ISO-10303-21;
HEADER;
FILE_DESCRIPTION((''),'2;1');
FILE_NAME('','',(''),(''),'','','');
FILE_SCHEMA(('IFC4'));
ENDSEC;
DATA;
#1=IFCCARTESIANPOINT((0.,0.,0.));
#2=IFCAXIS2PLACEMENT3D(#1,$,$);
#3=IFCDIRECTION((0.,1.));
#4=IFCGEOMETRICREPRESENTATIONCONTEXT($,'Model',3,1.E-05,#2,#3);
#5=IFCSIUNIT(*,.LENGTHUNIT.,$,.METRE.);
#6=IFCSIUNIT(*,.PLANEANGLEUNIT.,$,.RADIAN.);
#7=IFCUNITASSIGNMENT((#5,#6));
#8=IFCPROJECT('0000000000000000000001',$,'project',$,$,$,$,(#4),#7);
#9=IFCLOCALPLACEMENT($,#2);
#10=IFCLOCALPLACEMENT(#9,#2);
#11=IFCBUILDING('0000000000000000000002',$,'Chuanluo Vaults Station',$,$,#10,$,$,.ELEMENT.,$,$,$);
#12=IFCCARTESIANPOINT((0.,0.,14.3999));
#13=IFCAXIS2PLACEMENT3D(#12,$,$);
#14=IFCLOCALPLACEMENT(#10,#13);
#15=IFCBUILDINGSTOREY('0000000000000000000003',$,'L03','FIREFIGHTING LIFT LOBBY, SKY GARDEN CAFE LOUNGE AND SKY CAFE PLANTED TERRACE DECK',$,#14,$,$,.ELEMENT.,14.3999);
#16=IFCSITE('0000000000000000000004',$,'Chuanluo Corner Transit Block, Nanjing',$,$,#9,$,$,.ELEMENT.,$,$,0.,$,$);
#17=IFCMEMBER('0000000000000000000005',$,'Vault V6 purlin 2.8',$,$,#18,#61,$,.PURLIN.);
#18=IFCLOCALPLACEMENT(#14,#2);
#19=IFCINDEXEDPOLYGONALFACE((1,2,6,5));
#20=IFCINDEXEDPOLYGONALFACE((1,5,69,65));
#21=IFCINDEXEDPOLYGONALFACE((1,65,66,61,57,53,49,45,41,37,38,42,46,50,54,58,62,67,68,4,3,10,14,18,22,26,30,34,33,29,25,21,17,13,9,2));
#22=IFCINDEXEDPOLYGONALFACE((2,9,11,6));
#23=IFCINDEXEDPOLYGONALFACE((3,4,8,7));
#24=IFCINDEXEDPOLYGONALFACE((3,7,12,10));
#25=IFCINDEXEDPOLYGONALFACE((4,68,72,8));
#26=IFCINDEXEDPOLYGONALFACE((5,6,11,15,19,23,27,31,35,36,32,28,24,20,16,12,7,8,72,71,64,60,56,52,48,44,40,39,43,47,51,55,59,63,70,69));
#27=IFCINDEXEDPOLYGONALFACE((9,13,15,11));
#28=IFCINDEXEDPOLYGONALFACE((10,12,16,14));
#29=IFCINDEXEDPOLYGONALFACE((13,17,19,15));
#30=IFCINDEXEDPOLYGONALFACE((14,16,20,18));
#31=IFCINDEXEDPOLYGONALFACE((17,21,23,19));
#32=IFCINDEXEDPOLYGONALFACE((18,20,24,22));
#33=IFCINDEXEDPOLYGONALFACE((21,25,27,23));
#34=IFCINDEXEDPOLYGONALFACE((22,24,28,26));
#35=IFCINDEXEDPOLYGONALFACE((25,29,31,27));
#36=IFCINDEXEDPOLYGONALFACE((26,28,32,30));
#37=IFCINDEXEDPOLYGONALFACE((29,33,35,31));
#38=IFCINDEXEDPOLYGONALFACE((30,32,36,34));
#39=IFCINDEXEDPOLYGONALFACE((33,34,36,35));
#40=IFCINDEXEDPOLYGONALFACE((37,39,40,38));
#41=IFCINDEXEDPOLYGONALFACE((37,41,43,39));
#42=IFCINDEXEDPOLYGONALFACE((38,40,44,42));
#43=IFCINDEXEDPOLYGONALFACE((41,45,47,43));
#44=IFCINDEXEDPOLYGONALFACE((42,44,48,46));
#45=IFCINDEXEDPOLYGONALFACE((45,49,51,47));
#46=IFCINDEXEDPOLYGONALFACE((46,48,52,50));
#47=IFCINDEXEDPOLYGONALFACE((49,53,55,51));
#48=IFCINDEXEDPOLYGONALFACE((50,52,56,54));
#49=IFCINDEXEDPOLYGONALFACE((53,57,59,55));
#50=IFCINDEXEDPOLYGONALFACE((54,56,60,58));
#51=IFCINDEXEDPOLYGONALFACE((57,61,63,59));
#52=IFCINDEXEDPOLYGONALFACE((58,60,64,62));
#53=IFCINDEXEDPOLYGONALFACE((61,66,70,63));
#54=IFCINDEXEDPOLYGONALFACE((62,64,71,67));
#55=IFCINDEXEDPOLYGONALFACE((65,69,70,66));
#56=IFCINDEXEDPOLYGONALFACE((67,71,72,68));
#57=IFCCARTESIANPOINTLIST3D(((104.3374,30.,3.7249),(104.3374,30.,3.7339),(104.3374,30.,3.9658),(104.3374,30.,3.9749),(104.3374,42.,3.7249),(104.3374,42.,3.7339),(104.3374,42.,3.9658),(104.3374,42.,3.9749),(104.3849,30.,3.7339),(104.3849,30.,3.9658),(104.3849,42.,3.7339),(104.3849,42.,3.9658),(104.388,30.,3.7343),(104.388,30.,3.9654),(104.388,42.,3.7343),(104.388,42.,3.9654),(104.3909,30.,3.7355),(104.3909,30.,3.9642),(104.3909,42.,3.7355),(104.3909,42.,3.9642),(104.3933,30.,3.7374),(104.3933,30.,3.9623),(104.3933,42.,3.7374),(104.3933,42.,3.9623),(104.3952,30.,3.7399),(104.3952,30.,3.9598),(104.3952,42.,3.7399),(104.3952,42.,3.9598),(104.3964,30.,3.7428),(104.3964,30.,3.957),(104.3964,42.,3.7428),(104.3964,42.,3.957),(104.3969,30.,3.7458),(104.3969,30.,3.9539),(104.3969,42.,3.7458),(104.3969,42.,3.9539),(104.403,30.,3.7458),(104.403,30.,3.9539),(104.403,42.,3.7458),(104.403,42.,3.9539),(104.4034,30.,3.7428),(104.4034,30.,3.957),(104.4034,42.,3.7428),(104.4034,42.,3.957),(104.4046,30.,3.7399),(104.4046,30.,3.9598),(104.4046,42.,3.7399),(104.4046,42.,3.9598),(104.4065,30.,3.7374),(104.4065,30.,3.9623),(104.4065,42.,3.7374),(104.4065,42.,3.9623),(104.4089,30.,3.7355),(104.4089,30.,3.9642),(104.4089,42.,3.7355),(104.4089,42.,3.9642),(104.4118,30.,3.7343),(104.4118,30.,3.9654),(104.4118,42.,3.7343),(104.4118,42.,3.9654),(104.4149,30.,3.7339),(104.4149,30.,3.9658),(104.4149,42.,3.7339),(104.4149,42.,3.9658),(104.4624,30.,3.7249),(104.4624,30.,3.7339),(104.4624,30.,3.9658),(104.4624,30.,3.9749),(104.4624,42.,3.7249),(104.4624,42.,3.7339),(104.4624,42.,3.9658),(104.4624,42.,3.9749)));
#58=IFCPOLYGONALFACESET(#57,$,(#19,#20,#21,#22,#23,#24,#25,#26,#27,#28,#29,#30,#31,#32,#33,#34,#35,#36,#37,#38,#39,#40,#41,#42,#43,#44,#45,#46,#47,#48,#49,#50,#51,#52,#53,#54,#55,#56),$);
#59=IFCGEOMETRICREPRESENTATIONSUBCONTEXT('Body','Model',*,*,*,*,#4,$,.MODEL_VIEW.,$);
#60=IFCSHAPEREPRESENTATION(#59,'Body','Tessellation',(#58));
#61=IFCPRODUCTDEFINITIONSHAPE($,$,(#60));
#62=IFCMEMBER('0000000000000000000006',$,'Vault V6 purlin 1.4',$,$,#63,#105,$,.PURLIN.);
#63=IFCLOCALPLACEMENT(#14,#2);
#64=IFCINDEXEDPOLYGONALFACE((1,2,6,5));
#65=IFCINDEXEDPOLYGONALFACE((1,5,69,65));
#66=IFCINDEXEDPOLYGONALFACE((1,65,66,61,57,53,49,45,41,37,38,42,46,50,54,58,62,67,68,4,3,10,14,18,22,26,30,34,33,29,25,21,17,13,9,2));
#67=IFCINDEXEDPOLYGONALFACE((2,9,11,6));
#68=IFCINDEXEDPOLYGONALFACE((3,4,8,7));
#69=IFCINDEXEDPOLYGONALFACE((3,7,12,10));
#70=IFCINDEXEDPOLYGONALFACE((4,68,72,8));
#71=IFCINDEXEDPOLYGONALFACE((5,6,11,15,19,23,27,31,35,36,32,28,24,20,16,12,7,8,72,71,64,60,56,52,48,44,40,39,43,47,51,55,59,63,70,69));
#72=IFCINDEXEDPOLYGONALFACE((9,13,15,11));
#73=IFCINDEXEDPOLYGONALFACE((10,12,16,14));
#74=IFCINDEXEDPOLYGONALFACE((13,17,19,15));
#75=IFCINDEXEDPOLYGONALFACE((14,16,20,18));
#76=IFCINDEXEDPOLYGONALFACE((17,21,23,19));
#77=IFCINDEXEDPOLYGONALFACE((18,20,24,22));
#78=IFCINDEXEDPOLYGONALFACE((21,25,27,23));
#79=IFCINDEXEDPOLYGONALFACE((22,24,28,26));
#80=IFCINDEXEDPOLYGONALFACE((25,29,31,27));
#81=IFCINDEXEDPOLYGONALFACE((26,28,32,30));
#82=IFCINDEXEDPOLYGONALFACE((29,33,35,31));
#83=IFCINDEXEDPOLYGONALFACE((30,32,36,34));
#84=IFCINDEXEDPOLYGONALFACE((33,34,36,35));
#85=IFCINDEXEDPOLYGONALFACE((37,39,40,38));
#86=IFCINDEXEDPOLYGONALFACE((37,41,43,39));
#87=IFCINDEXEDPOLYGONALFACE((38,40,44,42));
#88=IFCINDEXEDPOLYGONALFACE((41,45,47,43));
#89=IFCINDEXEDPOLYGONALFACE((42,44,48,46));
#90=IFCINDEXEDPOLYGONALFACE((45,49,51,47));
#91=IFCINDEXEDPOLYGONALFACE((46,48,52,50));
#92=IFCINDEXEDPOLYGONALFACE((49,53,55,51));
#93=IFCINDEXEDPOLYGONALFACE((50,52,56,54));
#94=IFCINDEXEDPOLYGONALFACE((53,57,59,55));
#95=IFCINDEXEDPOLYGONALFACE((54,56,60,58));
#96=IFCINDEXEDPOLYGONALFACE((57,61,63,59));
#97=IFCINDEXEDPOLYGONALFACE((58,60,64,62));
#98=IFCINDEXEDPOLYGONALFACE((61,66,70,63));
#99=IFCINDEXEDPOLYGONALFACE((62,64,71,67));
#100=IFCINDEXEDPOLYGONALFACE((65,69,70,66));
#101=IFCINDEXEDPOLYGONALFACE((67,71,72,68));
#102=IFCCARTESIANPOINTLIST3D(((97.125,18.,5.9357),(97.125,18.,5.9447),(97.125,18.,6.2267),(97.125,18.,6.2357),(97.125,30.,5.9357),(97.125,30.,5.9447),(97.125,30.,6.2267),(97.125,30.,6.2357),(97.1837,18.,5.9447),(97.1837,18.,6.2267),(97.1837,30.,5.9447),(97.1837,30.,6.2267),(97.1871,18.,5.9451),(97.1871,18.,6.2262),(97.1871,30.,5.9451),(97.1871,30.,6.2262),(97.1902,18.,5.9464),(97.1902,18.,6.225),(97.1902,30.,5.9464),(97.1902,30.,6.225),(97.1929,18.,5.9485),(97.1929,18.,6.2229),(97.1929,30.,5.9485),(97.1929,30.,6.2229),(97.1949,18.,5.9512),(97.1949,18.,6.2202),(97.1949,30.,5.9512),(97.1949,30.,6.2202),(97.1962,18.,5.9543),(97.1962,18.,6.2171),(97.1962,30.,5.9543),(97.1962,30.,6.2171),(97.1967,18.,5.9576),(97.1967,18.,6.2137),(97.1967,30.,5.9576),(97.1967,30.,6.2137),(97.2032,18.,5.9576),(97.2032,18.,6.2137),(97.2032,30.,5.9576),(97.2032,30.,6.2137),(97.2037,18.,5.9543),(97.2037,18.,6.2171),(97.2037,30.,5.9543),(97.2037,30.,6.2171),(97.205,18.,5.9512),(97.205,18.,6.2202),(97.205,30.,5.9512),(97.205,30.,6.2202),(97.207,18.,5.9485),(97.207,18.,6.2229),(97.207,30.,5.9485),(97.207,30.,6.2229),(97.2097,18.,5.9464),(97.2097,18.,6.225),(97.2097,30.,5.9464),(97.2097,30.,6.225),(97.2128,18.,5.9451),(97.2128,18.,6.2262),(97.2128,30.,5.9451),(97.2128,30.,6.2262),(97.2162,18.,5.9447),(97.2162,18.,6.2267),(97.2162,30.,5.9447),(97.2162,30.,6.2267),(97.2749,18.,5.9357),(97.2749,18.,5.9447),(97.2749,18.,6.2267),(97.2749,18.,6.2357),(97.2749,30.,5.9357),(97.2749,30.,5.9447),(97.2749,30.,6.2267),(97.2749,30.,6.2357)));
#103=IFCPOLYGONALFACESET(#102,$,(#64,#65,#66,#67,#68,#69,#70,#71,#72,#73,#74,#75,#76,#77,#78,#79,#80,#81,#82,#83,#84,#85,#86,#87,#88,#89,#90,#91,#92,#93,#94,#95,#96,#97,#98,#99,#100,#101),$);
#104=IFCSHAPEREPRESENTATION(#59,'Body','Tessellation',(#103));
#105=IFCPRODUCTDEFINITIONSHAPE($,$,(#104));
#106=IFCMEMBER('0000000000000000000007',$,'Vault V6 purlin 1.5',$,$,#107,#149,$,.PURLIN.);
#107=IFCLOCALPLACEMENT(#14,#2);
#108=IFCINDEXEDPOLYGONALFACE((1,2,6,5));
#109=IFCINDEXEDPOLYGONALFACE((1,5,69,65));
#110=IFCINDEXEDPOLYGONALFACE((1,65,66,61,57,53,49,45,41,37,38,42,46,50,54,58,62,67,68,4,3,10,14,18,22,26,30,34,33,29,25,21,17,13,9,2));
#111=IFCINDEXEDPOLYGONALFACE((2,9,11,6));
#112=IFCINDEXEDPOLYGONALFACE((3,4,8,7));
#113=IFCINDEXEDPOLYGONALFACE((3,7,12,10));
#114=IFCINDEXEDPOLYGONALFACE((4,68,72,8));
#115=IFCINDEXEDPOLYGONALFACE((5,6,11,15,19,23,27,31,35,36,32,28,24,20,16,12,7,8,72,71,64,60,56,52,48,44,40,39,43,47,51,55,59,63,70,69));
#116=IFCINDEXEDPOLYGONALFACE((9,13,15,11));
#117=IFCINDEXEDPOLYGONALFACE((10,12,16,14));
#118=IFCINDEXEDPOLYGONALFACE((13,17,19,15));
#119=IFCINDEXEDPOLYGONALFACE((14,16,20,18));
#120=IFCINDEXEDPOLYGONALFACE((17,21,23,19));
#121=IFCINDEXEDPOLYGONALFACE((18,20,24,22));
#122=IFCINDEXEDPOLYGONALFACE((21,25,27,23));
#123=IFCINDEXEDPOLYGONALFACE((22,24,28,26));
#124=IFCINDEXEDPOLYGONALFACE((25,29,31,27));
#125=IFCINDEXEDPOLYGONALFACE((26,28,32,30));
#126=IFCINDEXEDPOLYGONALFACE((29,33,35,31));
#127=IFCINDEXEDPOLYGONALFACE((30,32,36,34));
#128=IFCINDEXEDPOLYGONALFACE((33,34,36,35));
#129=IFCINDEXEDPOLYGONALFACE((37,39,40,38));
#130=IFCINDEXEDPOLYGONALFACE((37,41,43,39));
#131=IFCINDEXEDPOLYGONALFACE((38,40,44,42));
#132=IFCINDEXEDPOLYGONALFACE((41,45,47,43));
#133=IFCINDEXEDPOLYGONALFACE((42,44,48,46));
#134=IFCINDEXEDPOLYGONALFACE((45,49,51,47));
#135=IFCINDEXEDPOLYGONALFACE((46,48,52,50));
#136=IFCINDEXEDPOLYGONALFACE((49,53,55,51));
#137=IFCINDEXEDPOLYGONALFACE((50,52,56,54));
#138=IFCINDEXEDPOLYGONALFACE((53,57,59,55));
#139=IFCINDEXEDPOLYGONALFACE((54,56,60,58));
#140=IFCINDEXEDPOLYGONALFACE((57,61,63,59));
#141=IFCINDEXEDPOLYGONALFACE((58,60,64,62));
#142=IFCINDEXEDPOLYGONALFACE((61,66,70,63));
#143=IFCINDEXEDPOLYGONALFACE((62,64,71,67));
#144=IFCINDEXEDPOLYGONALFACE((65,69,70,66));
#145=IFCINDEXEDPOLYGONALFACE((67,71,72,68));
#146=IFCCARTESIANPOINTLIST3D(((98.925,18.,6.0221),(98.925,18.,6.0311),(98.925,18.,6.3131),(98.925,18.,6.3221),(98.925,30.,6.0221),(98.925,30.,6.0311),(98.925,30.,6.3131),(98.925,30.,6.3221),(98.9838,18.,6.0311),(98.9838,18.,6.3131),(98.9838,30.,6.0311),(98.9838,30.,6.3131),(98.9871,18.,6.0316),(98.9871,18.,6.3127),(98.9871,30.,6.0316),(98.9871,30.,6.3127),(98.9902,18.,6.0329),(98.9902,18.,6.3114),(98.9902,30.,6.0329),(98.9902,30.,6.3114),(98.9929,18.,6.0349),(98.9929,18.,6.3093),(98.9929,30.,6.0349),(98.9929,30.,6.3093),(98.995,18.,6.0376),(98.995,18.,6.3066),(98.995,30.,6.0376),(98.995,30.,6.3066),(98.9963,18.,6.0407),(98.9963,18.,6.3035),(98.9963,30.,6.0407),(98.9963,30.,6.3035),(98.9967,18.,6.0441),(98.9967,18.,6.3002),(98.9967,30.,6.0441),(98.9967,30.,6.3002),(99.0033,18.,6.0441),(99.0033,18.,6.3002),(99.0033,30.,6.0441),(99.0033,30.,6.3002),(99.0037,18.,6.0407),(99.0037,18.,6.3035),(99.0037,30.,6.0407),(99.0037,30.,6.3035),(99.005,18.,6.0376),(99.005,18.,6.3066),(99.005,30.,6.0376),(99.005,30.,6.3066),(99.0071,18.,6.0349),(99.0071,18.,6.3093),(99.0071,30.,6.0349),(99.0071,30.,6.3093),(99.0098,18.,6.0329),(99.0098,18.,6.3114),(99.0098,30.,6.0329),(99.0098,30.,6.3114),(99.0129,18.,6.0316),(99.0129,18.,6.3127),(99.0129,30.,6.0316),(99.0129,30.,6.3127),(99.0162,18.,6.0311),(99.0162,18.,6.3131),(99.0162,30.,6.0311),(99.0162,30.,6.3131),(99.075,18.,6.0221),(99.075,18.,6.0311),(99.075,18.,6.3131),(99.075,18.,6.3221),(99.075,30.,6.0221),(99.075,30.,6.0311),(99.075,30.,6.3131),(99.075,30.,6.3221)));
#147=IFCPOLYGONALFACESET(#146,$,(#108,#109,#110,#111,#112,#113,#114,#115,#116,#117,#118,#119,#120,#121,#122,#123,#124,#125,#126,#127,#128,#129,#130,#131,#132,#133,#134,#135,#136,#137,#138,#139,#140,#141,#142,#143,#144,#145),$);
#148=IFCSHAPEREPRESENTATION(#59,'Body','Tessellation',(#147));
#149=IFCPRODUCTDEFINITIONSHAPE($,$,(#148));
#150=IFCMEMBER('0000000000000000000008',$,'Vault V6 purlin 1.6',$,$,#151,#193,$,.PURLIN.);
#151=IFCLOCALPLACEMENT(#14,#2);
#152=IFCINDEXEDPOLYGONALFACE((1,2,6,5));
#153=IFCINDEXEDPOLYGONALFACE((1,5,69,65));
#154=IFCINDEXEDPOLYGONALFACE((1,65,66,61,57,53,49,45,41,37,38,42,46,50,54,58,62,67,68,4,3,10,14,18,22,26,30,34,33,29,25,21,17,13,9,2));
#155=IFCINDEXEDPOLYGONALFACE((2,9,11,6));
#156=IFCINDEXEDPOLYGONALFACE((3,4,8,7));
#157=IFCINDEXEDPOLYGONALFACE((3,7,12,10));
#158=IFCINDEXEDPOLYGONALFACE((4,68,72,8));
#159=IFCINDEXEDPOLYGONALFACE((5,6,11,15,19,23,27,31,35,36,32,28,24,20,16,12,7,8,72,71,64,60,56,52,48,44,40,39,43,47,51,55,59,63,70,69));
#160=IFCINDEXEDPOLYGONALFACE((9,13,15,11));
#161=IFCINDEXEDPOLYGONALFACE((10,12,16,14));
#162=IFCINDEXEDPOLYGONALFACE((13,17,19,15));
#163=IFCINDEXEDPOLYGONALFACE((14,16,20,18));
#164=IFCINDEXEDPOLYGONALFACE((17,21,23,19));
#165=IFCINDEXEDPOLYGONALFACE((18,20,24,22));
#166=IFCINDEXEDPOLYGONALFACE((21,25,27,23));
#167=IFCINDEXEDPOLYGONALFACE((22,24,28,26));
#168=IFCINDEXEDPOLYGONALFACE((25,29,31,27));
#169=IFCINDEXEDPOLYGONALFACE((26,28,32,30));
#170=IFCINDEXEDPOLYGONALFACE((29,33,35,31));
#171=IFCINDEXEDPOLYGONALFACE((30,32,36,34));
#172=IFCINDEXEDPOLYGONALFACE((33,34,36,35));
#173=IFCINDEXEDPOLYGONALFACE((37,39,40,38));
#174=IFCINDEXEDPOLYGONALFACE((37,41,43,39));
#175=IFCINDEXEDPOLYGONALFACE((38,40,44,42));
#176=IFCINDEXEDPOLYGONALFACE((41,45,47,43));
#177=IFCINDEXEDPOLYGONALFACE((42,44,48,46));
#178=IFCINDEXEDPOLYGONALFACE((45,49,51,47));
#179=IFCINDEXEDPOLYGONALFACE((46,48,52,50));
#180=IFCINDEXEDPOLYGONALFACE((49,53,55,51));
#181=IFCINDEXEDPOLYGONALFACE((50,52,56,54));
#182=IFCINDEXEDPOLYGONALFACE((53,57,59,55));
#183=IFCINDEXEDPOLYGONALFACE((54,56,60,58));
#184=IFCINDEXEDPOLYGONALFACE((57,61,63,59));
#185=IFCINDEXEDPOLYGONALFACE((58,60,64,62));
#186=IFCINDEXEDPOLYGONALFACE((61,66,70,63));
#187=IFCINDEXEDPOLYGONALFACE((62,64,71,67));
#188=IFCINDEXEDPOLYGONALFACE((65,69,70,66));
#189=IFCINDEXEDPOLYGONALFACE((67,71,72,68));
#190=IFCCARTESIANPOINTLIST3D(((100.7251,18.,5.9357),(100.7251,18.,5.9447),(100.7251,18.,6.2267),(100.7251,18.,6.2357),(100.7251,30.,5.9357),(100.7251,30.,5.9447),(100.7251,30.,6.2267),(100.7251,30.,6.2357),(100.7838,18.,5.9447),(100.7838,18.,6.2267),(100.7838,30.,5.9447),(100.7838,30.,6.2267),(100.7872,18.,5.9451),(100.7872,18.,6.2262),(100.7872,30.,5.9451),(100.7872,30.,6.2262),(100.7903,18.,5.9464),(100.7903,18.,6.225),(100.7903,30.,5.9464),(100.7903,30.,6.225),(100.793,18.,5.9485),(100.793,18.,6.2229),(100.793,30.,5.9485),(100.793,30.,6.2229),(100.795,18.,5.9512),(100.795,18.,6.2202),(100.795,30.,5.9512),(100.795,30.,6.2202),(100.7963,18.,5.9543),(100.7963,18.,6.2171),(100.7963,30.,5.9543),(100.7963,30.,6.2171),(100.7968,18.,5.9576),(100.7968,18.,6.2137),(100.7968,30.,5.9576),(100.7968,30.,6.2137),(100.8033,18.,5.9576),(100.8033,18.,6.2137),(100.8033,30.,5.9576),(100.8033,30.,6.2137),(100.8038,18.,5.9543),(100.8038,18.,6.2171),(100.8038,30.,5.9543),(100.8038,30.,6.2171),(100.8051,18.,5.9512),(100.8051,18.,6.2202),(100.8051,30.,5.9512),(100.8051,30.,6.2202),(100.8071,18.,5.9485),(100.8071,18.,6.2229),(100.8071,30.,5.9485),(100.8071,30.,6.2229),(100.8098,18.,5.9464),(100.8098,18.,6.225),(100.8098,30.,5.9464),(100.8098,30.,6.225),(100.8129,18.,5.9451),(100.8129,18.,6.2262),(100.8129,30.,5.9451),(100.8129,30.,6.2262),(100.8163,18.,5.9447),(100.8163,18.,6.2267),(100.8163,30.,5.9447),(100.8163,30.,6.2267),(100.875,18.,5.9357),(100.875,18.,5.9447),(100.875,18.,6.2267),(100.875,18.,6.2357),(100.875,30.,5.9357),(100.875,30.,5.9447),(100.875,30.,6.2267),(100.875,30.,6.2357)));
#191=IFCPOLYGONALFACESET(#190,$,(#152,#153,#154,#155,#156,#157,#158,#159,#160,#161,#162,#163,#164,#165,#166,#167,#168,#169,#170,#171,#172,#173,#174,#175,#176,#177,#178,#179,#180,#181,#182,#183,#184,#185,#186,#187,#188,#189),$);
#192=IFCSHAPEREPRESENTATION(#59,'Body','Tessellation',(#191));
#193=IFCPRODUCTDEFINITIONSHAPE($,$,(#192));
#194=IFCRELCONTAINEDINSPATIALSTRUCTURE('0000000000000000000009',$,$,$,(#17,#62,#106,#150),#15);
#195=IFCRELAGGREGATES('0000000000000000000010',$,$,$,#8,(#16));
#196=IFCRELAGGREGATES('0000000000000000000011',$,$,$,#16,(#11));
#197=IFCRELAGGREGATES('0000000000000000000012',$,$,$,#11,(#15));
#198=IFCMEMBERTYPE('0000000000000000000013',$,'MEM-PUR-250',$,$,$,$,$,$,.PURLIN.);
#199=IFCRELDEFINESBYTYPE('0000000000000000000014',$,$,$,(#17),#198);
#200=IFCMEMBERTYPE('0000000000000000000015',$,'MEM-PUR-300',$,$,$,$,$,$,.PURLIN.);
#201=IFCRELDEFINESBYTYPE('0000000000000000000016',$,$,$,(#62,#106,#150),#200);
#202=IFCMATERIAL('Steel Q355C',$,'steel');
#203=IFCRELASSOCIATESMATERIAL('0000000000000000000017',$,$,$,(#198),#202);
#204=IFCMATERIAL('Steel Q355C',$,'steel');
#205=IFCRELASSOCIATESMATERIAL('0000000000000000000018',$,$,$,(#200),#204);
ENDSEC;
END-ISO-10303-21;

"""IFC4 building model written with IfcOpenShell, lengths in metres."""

from ifc_helpers import new_model, si_unit, direction, frame, origin, origin_2d, place, context, subcontext, project, spatial, i_section, extrude, material, material_profile, profile_set, type_object, element, save


model = new_model("IFC4")

# Units and contexts
model_context = context("Model", 3, precision=1e-05, world=origin(), true_north=direction((0.0, 1.0)))
body_context = subcontext(model_context, "Body", "Model", "MODEL_VIEW")
ifc_project = project(units=[si_unit("LENGTHUNIT", "METRE"), si_unit("PLANEANGLEUNIT", "RADIAN")], contexts=[model_context])

# Site, building, storey
site_placement = place(None, origin())
site = spatial("IfcSite", under=ifc_project, at=site_placement, Name="Chuanluo Corner Transit Block, Nanjing", CompositionType="ELEMENT", RefElevation=0.0)
building_placement = place(site_placement, origin())
building = spatial("IfcBuilding", under=site, at=building_placement, Name="Chuanluo Vaults Station", CompositionType="ELEMENT")
storey_placement = place(building_placement, frame((0.0, 0.0, 14.3999)))
storey = spatial("IfcBuildingStorey", under=building, at=storey_placement, Name="L03", Description="FIREFIGHTING LIFT LOBBY, SKY GARDEN CAFE LOUNGE AND SKY CAFE PLANTED TERRACE DECK", CompositionType="ELEMENT", Elevation=14.3999)

# Members
ifc_material_1 = material(Name="Steel Q355C", Category="steel")
ifc_material_profile_1 = material_profile(ifc_material_1, i_section(OverallWidth=0.125, OverallDepth=0.25, WebThickness=0.0061, FlangeThickness=0.009, FilletRadius=0.012, at=origin_2d()))
ifc_profile_set_1 = profile_set([ifc_material_profile_1], Name="Steel Q355C")
member_type_1 = type_object("IfcMemberType", Name="MEM-PUR-250", PredefinedType="PURLIN", material=ifc_profile_set_1)
for number, where, z_axis, x_axis, name in (
    (1, (104.3999, 30.0, 3.8499), (0.0, 1.0, 0.0), (-1.0, 0.0, 0.0), "Vault V6 purlin 2.8"),
):
    element("IfcMember", number, at=place(storey_placement, frame(where, z_axis=z_axis, x_axis=x_axis)), inside=storey, type_object=member_type_1, Name=name, PredefinedType="PURLIN", context=body_context, shape_type="SweptSolid", body=[
        extrude(i_section(OverallWidth=0.125, OverallDepth=0.25, WebThickness=0.0061, FlangeThickness=0.009, FilletRadius=0.012, at=origin_2d()), origin(), (0.0, 0.0, 1.0), 12.0),
    ])
ifc_material_2 = material(Name="Steel Q355C", Category="steel")
ifc_material_profile_2 = material_profile(ifc_material_2, i_section(OverallWidth=0.1499, OverallDepth=0.3, WebThickness=0.0066, FlangeThickness=0.009, FilletRadius=0.0129, at=origin_2d()))
ifc_profile_set_2 = profile_set([ifc_material_profile_2], Name="Steel Q355C")
member_type_2 = type_object("IfcMemberType", Name="MEM-PUR-300", PredefinedType="PURLIN", material=ifc_profile_set_2)
for number, where, z_axis, x_axis, name in (
    (2, (97.2, 18.0, 6.0857), (0.0, 1.0, 0.0), (-1.0, 0.0, 0.0), "Vault V6 purlin 1.4"),
    (3, (99.0, 18.0, 6.1721), (0.0, 1.0, 0.0), (-1.0, 0.0, 0.0), "Vault V6 purlin 1.5"),
    (4, (100.8, 18.0, 6.0857), (0.0, 1.0, 0.0), (-1.0, 0.0, 0.0), "Vault V6 purlin 1.6"),
):
    element("IfcMember", number, at=place(storey_placement, frame(where, z_axis=z_axis, x_axis=x_axis)), inside=storey, type_object=member_type_2, Name=name, PredefinedType="PURLIN", context=body_context, shape_type="SweptSolid", body=[
        extrude(i_section(OverallWidth=0.1499, OverallDepth=0.3, WebThickness=0.0066, FlangeThickness=0.009, FilletRadius=0.0129, at=origin_2d()), origin(), (0.0, 0.0, 1.0), 12.0),
    ])

save(model, "model.ifc")
